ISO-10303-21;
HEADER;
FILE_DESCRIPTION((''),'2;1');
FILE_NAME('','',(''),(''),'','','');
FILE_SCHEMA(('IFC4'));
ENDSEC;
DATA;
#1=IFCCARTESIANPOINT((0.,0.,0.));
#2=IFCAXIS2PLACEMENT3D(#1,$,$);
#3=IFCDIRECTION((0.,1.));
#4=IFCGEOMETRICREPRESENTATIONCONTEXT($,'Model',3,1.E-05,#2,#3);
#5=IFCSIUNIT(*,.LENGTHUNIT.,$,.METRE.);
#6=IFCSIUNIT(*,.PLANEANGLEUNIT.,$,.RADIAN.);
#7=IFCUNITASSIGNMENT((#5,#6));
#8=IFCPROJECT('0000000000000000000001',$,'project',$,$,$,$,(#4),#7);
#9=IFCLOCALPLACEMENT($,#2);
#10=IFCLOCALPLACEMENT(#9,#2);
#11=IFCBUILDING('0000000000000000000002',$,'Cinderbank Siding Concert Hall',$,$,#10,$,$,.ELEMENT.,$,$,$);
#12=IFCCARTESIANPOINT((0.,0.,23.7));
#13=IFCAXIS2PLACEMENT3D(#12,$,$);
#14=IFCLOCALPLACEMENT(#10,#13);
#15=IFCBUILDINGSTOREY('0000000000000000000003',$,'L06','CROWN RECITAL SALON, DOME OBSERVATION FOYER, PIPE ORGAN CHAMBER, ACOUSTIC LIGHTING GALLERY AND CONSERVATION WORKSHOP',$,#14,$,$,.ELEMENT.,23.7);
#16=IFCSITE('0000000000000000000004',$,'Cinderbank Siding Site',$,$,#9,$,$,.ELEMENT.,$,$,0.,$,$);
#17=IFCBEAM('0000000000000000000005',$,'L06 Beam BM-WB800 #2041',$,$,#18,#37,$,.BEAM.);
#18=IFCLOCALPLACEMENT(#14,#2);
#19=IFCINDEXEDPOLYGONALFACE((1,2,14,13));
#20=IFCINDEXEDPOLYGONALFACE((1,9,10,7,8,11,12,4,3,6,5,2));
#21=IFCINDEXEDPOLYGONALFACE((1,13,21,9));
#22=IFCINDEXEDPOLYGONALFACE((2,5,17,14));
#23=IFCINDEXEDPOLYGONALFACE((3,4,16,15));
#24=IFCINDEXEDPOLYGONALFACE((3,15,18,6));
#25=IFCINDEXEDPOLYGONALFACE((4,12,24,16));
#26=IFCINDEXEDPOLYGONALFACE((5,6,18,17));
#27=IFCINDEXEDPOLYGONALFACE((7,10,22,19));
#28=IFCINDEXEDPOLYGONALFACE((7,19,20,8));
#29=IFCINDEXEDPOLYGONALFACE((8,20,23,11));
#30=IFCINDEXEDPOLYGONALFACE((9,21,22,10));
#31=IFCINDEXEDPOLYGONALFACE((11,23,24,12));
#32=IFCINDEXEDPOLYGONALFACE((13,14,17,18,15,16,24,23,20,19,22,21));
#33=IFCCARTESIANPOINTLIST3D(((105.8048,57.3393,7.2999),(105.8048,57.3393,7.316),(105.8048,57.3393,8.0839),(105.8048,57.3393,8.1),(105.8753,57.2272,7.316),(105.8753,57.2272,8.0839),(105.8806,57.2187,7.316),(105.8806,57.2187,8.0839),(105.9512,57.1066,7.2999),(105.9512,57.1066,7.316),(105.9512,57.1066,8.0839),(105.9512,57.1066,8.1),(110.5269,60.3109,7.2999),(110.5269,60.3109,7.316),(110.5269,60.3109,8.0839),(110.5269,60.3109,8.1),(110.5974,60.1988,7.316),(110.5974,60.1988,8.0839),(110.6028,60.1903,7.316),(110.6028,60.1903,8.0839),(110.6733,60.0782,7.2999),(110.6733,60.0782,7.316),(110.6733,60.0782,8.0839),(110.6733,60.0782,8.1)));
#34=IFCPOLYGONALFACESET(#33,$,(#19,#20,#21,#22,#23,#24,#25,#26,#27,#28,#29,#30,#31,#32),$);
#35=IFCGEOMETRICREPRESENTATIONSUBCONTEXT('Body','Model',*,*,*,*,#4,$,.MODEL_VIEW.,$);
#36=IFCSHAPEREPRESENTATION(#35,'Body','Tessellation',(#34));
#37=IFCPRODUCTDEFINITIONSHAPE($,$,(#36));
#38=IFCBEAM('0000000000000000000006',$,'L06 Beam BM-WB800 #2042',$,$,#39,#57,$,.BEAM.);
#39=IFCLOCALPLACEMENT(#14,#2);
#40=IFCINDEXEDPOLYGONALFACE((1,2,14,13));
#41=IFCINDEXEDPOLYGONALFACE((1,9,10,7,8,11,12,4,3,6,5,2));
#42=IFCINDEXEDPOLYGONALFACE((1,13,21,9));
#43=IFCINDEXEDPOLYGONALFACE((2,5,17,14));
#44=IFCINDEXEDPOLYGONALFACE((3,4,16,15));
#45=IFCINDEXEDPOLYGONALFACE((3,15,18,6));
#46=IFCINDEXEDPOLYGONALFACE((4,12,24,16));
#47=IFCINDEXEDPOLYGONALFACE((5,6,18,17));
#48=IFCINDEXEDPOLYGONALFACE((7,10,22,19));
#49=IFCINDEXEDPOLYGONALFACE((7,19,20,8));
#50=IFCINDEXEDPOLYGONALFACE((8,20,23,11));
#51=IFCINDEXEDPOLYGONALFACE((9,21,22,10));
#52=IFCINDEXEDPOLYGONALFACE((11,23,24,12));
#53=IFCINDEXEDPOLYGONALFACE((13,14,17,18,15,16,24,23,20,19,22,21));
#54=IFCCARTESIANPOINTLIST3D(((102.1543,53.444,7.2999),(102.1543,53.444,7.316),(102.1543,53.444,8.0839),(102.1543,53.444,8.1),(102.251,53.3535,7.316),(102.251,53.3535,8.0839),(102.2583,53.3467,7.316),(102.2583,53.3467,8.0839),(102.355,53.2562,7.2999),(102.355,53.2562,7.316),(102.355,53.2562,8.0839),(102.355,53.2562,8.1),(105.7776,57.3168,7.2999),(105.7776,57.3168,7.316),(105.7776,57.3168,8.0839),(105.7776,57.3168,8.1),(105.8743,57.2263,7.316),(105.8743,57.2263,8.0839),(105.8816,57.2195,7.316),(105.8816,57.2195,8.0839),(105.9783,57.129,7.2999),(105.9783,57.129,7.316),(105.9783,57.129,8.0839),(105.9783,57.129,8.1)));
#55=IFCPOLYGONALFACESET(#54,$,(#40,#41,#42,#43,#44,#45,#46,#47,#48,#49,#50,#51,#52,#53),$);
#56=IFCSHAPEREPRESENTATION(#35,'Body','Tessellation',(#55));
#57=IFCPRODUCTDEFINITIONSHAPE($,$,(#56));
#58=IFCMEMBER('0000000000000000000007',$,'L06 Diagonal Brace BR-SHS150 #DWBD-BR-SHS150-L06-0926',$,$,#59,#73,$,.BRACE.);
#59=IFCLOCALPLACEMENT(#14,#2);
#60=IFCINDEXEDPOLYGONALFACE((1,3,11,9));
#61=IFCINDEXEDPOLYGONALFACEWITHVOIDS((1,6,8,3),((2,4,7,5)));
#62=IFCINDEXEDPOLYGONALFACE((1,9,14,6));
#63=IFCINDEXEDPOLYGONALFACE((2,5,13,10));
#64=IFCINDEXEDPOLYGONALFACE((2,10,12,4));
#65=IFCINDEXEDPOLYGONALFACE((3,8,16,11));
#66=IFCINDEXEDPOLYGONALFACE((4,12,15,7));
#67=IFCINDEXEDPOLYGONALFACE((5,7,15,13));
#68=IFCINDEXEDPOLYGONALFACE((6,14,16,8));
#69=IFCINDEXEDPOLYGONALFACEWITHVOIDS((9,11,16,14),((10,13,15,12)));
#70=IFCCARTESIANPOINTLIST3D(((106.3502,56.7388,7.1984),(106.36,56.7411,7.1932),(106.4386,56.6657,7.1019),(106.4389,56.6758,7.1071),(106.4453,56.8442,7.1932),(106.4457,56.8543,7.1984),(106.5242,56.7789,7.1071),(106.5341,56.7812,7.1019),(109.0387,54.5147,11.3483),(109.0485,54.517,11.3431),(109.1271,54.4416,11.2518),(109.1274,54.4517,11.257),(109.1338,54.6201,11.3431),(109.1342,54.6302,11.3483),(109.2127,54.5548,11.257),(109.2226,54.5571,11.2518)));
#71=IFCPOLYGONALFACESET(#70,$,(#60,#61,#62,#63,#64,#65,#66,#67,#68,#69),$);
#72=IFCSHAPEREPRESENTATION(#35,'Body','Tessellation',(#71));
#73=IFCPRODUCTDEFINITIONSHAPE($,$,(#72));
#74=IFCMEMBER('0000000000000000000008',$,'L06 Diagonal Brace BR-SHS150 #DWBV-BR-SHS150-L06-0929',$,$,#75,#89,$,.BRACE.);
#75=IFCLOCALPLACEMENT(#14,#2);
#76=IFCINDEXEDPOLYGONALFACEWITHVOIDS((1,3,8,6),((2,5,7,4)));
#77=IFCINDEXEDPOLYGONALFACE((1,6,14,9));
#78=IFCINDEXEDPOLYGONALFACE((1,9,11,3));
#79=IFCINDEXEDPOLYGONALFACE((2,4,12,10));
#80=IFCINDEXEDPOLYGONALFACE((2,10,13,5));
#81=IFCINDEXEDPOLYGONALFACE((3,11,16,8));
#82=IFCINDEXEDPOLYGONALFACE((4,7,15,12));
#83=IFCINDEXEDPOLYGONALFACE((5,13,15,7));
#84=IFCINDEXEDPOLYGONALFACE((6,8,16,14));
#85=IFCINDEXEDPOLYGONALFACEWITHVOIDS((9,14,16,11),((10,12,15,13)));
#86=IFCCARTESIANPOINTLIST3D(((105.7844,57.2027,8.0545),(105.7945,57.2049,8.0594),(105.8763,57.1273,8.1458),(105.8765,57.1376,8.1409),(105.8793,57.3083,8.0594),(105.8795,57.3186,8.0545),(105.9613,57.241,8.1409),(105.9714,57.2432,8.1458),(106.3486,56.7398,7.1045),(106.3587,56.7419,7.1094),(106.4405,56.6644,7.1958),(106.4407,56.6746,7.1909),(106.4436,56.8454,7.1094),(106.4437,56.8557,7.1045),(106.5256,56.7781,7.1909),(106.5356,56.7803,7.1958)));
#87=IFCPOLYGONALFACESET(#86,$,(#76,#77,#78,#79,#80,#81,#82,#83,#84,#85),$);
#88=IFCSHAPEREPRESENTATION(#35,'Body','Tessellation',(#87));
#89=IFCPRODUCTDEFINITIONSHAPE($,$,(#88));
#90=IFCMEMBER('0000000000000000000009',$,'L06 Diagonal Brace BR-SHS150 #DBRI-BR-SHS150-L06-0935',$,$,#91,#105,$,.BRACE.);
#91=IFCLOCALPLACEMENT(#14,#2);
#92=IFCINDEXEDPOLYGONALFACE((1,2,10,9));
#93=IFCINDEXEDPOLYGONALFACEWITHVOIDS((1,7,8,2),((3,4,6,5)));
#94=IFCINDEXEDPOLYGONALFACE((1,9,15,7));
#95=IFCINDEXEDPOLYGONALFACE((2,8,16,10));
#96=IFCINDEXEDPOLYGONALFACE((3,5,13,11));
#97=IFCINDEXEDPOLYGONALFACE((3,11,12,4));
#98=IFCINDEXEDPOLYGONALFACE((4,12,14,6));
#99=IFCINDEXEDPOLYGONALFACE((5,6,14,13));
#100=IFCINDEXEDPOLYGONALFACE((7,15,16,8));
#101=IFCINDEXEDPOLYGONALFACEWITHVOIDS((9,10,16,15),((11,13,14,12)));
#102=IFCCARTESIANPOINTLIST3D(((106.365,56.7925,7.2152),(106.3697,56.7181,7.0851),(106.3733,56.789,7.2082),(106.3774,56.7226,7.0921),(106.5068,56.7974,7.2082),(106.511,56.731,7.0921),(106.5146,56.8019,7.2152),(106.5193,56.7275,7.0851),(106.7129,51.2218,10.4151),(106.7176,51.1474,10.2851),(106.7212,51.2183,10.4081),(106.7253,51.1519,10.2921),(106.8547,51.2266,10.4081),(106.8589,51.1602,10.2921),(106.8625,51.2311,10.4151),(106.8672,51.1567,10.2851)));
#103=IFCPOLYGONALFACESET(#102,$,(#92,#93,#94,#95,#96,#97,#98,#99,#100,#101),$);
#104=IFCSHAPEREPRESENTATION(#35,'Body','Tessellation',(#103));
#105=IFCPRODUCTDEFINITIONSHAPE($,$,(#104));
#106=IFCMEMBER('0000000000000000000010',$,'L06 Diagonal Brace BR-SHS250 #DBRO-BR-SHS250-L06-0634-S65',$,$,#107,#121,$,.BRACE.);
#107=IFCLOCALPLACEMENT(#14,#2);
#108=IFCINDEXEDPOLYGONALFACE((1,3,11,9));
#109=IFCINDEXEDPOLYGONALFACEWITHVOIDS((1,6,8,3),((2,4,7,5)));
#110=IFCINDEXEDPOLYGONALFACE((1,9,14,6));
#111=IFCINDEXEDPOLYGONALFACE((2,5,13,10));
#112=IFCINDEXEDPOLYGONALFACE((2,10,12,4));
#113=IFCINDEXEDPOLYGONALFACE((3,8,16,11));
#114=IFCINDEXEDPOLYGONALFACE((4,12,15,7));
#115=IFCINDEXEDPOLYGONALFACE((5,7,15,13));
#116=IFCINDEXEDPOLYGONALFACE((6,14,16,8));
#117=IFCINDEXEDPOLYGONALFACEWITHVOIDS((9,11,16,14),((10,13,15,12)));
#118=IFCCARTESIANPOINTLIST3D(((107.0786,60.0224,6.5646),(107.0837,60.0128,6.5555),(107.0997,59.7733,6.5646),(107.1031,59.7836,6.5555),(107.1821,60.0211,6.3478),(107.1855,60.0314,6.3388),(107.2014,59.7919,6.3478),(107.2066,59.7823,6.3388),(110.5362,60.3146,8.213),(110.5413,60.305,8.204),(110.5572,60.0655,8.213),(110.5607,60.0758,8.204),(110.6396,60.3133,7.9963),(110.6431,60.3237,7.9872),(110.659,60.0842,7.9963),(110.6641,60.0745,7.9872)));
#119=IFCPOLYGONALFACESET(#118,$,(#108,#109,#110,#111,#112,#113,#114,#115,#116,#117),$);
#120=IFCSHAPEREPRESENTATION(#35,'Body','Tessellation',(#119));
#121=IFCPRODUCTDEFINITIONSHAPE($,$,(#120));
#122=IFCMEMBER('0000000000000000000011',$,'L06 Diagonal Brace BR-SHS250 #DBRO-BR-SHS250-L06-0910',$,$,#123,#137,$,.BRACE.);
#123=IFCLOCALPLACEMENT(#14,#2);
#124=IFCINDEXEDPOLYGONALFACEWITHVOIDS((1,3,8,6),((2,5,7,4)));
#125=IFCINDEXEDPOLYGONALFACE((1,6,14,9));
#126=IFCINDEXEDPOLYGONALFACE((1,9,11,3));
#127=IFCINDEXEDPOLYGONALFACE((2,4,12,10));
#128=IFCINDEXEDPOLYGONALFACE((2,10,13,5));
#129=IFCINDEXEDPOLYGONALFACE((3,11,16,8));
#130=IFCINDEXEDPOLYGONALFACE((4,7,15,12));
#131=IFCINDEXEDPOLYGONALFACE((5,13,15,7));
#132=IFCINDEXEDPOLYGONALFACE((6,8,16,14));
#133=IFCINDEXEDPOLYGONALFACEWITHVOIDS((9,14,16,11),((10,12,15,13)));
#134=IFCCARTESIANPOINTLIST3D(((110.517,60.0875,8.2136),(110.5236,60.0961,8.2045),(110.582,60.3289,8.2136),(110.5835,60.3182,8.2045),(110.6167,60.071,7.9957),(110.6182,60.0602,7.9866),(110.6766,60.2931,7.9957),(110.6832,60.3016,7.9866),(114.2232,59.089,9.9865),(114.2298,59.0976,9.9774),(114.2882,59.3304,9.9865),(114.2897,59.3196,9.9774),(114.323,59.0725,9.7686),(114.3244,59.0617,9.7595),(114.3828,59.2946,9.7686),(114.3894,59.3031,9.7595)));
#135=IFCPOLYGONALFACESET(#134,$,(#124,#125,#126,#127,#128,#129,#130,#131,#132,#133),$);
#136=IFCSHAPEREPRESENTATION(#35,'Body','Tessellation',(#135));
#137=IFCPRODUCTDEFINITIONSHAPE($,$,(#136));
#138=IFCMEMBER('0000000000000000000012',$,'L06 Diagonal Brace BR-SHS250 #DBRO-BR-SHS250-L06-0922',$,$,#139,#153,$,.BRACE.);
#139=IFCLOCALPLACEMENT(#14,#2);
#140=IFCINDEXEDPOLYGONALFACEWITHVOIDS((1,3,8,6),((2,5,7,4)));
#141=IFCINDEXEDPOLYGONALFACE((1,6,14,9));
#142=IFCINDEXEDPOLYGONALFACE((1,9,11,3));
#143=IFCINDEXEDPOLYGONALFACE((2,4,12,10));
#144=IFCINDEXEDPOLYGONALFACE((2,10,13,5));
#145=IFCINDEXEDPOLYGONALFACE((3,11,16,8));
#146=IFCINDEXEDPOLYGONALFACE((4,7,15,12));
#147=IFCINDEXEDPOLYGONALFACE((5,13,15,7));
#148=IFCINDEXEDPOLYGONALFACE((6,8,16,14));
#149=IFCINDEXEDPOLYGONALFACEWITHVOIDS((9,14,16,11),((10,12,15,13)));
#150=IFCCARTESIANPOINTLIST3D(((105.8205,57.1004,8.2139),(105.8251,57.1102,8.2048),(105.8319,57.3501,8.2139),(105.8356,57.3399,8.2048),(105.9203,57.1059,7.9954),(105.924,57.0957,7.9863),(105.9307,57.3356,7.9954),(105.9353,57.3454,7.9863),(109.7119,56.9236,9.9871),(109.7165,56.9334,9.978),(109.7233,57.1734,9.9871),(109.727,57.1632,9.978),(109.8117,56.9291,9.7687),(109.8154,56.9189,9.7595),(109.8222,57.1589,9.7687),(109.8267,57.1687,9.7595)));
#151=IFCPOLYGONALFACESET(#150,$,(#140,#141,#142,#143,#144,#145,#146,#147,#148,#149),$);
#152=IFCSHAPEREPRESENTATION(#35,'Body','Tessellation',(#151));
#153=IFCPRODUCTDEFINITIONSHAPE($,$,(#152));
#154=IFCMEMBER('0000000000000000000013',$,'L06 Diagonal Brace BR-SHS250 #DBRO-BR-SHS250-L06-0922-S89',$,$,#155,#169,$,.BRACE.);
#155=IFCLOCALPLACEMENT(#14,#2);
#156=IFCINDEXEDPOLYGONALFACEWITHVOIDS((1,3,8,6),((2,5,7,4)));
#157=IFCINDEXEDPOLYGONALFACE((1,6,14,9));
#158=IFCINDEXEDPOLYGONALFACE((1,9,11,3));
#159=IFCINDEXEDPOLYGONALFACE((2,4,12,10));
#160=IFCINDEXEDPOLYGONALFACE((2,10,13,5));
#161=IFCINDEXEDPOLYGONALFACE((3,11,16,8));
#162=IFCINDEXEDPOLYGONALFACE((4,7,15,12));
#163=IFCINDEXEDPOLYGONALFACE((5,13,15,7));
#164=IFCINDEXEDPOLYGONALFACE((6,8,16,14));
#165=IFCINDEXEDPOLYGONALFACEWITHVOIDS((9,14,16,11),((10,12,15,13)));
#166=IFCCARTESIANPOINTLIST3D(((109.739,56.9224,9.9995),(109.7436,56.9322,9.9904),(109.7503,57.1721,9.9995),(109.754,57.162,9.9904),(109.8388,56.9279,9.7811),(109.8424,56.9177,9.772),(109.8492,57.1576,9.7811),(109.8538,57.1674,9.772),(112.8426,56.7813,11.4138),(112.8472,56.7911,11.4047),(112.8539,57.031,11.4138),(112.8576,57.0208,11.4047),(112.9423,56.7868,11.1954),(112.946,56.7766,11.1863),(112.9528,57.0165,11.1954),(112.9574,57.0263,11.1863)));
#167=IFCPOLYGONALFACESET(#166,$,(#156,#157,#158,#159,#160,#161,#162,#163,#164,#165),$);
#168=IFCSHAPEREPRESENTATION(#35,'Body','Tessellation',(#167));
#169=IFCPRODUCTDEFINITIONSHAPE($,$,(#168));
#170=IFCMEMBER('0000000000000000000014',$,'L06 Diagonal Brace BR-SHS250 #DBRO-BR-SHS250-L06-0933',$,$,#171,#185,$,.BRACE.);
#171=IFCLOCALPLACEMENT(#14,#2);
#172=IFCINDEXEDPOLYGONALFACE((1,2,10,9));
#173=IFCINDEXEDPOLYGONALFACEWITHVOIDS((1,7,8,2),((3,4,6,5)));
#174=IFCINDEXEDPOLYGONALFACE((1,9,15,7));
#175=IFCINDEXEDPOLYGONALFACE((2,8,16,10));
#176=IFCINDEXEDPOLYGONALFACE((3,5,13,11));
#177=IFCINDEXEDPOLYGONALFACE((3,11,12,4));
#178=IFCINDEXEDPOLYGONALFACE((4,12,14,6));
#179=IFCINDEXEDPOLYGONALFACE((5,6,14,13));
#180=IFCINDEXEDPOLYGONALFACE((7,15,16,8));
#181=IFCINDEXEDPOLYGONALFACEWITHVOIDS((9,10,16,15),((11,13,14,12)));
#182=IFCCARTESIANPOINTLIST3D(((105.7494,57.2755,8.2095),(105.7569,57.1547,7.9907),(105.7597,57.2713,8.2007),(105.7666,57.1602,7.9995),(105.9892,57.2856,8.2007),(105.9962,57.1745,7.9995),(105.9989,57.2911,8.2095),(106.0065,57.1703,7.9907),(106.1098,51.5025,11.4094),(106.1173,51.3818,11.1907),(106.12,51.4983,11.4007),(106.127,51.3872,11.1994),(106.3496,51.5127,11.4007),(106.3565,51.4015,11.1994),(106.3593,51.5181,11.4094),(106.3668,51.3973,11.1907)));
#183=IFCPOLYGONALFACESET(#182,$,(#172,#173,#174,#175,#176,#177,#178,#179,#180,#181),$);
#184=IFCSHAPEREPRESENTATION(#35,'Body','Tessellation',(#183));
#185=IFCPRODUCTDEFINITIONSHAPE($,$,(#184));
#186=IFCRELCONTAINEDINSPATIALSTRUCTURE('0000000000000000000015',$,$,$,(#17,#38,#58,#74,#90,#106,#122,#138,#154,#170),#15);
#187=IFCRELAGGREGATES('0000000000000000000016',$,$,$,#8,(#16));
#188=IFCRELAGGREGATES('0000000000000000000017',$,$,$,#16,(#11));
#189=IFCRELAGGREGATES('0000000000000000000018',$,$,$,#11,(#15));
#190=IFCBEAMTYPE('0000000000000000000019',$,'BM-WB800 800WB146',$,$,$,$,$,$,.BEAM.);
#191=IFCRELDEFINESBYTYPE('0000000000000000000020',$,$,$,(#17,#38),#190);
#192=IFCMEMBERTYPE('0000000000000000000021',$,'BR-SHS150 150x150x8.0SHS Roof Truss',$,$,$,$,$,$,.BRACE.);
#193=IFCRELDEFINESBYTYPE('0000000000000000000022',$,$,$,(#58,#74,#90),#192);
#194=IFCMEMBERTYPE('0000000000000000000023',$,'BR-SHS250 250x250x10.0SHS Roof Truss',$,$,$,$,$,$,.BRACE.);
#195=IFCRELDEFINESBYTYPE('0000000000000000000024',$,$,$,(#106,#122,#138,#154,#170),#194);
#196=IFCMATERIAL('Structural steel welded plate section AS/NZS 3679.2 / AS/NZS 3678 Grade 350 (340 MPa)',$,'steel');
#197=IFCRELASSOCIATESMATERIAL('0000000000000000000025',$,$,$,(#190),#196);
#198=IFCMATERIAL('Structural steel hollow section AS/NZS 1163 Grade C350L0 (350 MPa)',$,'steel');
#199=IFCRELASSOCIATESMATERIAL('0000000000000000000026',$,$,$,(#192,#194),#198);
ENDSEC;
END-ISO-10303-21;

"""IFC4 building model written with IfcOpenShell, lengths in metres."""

from ifc_helpers import new_model, si_unit, direction, frame, origin, origin_2d, place, context, subcontext, project, spatial, hollow_rectangle, i_section, extrude, material, material_profile, profile_set, type_object, element, save


model = new_model("IFC4")

# Units and contexts
model_context = context("Model", 3, precision=1e-05, world=origin(), true_north=direction((0.0, 1.0)))
body_context = subcontext(model_context, "Body", "Model", "MODEL_VIEW")
ifc_project = project(units=[si_unit("LENGTHUNIT", "METRE"), si_unit("PLANEANGLEUNIT", "RADIAN")], contexts=[model_context])

# Site, building, storey
site_placement = place(None, origin())
site = spatial("IfcSite", under=ifc_project, at=site_placement, Name="Cinderbank Siding Site", CompositionType="ELEMENT", RefElevation=0.0)
building_placement = place(site_placement, origin())
building = spatial("IfcBuilding", under=site, at=building_placement, Name="Cinderbank Siding Concert Hall", CompositionType="ELEMENT")
storey_placement = place(building_placement, frame((0.0, 0.0, 23.7)))
storey = spatial("IfcBuildingStorey", under=building, at=storey_placement, Name="L06", Description="CROWN RECITAL SALON, DOME OBSERVATION FOYER, PIPE ORGAN CHAMBER, ACOUSTIC LIGHTING GALLERY AND CONSERVATION WORKSHOP", CompositionType="ELEMENT", Elevation=23.7)

# Beams
ifc_material_1 = material(Name="Structural steel welded plate section AS/NZS 3679.2 / AS/NZS 3678 Grade 350 (340 MPa)", Category="steel")
ifc_material_profile_1 = material_profile(ifc_material_1, i_section(OverallWidth=0.2749, OverallDepth=0.8, WebThickness=0.01, FlangeThickness=0.0161, at=origin_2d()), Name="800WB146", Category="LoadBearing")
ifc_profile_set_1 = profile_set([ifc_material_profile_1], Name="Structural steel welded plate section AS/NZS 3679.2 / AS/NZS 3678 Grade 350 (340 MPa)")
beam_type = type_object("IfcBeamType", Name="BM-WB800 800WB146", PredefinedType="BEAM", material=ifc_profile_set_1)
beam_1_placement = place(storey_placement, frame((110.6001, 60.1946, 7.7), z_axis=(-0.846357, -0.532616, 0.0), x_axis=(0.532616, -0.846357, 0.0)))
element("IfcBeam", 1, at=beam_1_placement, inside=storey, type_object=beam_type, Name="L06 Beam BM-WB800 #2041", PredefinedType="BEAM", context=body_context, shape_type="SweptSolid", body=[
    extrude(i_section(OverallWidth=0.2749, OverallDepth=0.8, WebThickness=0.01, FlangeThickness=0.0161, at=origin_2d()), origin(), (0.0, 0.0, 1.0), 5.5793),
])
beam_2_placement = place(storey_placement, frame((105.8779, 57.2229, 7.7), z_axis=(-0.683192, -0.730239, 0.0), x_axis=(0.730239, -0.683192, 0.0)))
element("IfcBeam", 2, at=beam_2_placement, inside=storey, type_object=beam_type, Name="L06 Beam BM-WB800 #2042", PredefinedType="BEAM", context=body_context, shape_type="SweptSolid", body=[
    extrude(i_section(OverallWidth=0.2749, OverallDepth=0.8, WebThickness=0.01, FlangeThickness=0.0161, at=origin_2d()), origin(), (0.0, 0.0, 1.0), 5.3035),
])

# Members
ifc_material_2 = material(Name="Structural steel hollow section AS/NZS 1163 Grade C350L0 (350 MPa)", Category="steel")
ifc_material_profile_2 = material_profile(ifc_material_2, hollow_rectangle(XDim=0.1499, YDim=0.1499, WallThickness=0.0081, at=origin_2d()), Name="150x150x8.0SHS", Category="LoadBearing")
ifc_profile_set_2 = profile_set([ifc_material_profile_2], Name="Structural steel hollow section AS/NZS 1163 Grade C350L0 (350 MPa)")
member_type_1 = type_object("IfcMemberType", Name="BR-SHS150 150x150x8.0SHS Roof Truss", PredefinedType="BRACE", material=ifc_profile_set_2)
member_1_placement = place(storey_placement, frame((106.4421, 56.76, 7.1501), z_axis=(0.495861, -0.410215, 0.765405), x_axis=(0.637427, 0.77051, 0.0)))
element("IfcMember", 3, at=member_1_placement, inside=storey, type_object=member_type_1, Name="L06 Diagonal Brace BR-SHS150 #DWBD-BR-SHS150-L06-0926", PredefinedType="BRACE", context=body_context, shape_type="SweptSolid", body=[
    extrude(hollow_rectangle(XDim=0.1499, YDim=0.1499, WallThickness=0.0081, at=origin_2d()), origin(), (0.0, 0.0, 1.0), 5.4219),
])
member_2_placement = place(storey_placement, frame((106.4421, 56.76, 7.1501), z_axis=(-0.470991, 0.386413, 0.793002), x_axis=(-0.634276, -0.773107, 0.0)))
element("IfcMember", 4, at=member_2_placement, inside=storey, type_object=member_type_1, Name="L06 Diagonal Brace BR-SHS150 #DWBV-BR-SHS150-L06-0929", PredefinedType="BRACE", context=body_context, shape_type="SweptSolid", body=[
    extrude(hollow_rectangle(XDim=0.1499, YDim=0.1499, WallThickness=0.0081, at=origin_2d()), origin(), (0.0, 0.0, 1.0), 1.198),
])
member_3_placement = place(storey_placement, frame((106.4421, 56.76, 7.1501), z_axis=(0.054073, -0.865857, 0.497361), x_axis=(0.998056, 0.062329, 0.0)))
element("IfcMember", 5, at=member_3_placement, inside=storey, type_object=member_type_1, Name="L06 Diagonal Brace BR-SHS150 #DBRI-BR-SHS150-L06-0935", PredefinedType="BRACE", context=body_context, shape_type="SweptSolid", body=[
    extrude(hollow_rectangle(XDim=0.1499, YDim=0.1499, WallThickness=0.0081, at=origin_2d()), origin(), (0.0, 0.0, 1.0), 6.4338),
])
ifc_material_profile_3 = material_profile(ifc_material_2, hollow_rectangle(XDim=0.25, YDim=0.25, WallThickness=0.01, at=origin_2d()), Name="250x250x10.0SHS", Category="LoadBearing")
ifc_profile_set_3 = profile_set([ifc_material_profile_3], Name="Structural steel hollow section AS/NZS 1163 Grade C350L0 (350 MPa)")
member_type_2 = type_object("IfcMemberType", Name="BR-SHS250 250x250x10.0SHS Roof Truss", PredefinedType="BRACE", material=ifc_profile_set_3)
member_4_placement = place(storey_placement, frame((107.1426, 59.9023, 6.4517), z_axis=(0.900042, 0.076073, 0.429112), x_axis=(-0.084222, 0.996447, 0.0)))
element("IfcMember", 6, at=member_4_placement, inside=storey, type_object=member_type_2, Name="L06 Diagonal Brace BR-SHS250 #DBRO-BR-SHS250-L06-0634-S65", PredefinedType="BRACE", context=body_context, shape_type="SweptSolid", body=[
    extrude(hollow_rectangle(XDim=0.25, YDim=0.25, WallThickness=0.01, at=origin_2d()), origin(), (0.0, 0.0, 1.0), 3.8416),
])
member_5_placement = place(storey_placement, frame((110.6001, 60.1946, 8.1001), z_axis=(0.876581, -0.236165, 0.419322), x_axis=(0.26014, 0.965571, 0.0)))
element("IfcMember", 7, at=member_5_placement, inside=storey, type_object=member_type_2, Name="L06 Diagonal Brace BR-SHS250 #DBRO-BR-SHS250-L06-0910", PredefinedType="BRACE", context=body_context, shape_type="SweptSolid", body=[
    extrude(hollow_rectangle(XDim=0.25, YDim=0.25, WallThickness=0.01, at=origin_2d()), origin(), (0.0, 0.0, 1.0), 4.228),
])
member_6_placement = place(storey_placement, frame((105.8779, 57.2229, 8.1001), z_axis=(0.909203, -0.041299, 0.414301), x_axis=(0.045376, 0.99897, 0.0)))
element("IfcMember", 8, at=member_6_placement, inside=storey, type_object=member_type_2, Name="L06 Diagonal Brace BR-SHS250 #DBRO-BR-SHS250-L06-0922", PredefinedType="BRACE", context=body_context, shape_type="SweptSolid", body=[
    extrude(hollow_rectangle(XDim=0.25, YDim=0.25, WallThickness=0.01, at=origin_2d()), origin(), (0.0, 0.0, 1.0), 4.28),
])
member_7_placement = place(storey_placement, frame((109.7964, 57.0449, 9.8857), z_axis=(0.909189, -0.04134, 0.414327), x_axis=(0.045422, 0.998968, 0.0)))
element("IfcMember", 9, at=member_7_placement, inside=storey, type_object=member_type_2, Name="L06 Diagonal Brace BR-SHS250 #DBRO-BR-SHS250-L06-0922-S89", PredefinedType="BRACE", context=body_context, shape_type="SweptSolid", body=[
    extrude(hollow_rectangle(XDim=0.25, YDim=0.25, WallThickness=0.01, at=origin_2d()), origin(), (0.0, 0.0, 1.0), 3.4136),
])
member_8_placement = place(storey_placement, frame((105.8779, 57.2229, 8.1001), z_axis=(0.054513, -0.873322, 0.484083), x_axis=(0.998058, 0.062299, 0.0)))
element("IfcMember", 10, at=member_8_placement, inside=storey, type_object=member_type_2, Name="L06 Diagonal Brace BR-SHS250 #DBRO-BR-SHS250-L06-0933", PredefinedType="BRACE", context=body_context, shape_type="SweptSolid", body=[
    extrude(hollow_rectangle(XDim=0.25, YDim=0.25, WallThickness=0.01, at=origin_2d()), origin(), (0.0, 0.0, 1.0), 6.6104),
])

save(model, "model.ifc")
